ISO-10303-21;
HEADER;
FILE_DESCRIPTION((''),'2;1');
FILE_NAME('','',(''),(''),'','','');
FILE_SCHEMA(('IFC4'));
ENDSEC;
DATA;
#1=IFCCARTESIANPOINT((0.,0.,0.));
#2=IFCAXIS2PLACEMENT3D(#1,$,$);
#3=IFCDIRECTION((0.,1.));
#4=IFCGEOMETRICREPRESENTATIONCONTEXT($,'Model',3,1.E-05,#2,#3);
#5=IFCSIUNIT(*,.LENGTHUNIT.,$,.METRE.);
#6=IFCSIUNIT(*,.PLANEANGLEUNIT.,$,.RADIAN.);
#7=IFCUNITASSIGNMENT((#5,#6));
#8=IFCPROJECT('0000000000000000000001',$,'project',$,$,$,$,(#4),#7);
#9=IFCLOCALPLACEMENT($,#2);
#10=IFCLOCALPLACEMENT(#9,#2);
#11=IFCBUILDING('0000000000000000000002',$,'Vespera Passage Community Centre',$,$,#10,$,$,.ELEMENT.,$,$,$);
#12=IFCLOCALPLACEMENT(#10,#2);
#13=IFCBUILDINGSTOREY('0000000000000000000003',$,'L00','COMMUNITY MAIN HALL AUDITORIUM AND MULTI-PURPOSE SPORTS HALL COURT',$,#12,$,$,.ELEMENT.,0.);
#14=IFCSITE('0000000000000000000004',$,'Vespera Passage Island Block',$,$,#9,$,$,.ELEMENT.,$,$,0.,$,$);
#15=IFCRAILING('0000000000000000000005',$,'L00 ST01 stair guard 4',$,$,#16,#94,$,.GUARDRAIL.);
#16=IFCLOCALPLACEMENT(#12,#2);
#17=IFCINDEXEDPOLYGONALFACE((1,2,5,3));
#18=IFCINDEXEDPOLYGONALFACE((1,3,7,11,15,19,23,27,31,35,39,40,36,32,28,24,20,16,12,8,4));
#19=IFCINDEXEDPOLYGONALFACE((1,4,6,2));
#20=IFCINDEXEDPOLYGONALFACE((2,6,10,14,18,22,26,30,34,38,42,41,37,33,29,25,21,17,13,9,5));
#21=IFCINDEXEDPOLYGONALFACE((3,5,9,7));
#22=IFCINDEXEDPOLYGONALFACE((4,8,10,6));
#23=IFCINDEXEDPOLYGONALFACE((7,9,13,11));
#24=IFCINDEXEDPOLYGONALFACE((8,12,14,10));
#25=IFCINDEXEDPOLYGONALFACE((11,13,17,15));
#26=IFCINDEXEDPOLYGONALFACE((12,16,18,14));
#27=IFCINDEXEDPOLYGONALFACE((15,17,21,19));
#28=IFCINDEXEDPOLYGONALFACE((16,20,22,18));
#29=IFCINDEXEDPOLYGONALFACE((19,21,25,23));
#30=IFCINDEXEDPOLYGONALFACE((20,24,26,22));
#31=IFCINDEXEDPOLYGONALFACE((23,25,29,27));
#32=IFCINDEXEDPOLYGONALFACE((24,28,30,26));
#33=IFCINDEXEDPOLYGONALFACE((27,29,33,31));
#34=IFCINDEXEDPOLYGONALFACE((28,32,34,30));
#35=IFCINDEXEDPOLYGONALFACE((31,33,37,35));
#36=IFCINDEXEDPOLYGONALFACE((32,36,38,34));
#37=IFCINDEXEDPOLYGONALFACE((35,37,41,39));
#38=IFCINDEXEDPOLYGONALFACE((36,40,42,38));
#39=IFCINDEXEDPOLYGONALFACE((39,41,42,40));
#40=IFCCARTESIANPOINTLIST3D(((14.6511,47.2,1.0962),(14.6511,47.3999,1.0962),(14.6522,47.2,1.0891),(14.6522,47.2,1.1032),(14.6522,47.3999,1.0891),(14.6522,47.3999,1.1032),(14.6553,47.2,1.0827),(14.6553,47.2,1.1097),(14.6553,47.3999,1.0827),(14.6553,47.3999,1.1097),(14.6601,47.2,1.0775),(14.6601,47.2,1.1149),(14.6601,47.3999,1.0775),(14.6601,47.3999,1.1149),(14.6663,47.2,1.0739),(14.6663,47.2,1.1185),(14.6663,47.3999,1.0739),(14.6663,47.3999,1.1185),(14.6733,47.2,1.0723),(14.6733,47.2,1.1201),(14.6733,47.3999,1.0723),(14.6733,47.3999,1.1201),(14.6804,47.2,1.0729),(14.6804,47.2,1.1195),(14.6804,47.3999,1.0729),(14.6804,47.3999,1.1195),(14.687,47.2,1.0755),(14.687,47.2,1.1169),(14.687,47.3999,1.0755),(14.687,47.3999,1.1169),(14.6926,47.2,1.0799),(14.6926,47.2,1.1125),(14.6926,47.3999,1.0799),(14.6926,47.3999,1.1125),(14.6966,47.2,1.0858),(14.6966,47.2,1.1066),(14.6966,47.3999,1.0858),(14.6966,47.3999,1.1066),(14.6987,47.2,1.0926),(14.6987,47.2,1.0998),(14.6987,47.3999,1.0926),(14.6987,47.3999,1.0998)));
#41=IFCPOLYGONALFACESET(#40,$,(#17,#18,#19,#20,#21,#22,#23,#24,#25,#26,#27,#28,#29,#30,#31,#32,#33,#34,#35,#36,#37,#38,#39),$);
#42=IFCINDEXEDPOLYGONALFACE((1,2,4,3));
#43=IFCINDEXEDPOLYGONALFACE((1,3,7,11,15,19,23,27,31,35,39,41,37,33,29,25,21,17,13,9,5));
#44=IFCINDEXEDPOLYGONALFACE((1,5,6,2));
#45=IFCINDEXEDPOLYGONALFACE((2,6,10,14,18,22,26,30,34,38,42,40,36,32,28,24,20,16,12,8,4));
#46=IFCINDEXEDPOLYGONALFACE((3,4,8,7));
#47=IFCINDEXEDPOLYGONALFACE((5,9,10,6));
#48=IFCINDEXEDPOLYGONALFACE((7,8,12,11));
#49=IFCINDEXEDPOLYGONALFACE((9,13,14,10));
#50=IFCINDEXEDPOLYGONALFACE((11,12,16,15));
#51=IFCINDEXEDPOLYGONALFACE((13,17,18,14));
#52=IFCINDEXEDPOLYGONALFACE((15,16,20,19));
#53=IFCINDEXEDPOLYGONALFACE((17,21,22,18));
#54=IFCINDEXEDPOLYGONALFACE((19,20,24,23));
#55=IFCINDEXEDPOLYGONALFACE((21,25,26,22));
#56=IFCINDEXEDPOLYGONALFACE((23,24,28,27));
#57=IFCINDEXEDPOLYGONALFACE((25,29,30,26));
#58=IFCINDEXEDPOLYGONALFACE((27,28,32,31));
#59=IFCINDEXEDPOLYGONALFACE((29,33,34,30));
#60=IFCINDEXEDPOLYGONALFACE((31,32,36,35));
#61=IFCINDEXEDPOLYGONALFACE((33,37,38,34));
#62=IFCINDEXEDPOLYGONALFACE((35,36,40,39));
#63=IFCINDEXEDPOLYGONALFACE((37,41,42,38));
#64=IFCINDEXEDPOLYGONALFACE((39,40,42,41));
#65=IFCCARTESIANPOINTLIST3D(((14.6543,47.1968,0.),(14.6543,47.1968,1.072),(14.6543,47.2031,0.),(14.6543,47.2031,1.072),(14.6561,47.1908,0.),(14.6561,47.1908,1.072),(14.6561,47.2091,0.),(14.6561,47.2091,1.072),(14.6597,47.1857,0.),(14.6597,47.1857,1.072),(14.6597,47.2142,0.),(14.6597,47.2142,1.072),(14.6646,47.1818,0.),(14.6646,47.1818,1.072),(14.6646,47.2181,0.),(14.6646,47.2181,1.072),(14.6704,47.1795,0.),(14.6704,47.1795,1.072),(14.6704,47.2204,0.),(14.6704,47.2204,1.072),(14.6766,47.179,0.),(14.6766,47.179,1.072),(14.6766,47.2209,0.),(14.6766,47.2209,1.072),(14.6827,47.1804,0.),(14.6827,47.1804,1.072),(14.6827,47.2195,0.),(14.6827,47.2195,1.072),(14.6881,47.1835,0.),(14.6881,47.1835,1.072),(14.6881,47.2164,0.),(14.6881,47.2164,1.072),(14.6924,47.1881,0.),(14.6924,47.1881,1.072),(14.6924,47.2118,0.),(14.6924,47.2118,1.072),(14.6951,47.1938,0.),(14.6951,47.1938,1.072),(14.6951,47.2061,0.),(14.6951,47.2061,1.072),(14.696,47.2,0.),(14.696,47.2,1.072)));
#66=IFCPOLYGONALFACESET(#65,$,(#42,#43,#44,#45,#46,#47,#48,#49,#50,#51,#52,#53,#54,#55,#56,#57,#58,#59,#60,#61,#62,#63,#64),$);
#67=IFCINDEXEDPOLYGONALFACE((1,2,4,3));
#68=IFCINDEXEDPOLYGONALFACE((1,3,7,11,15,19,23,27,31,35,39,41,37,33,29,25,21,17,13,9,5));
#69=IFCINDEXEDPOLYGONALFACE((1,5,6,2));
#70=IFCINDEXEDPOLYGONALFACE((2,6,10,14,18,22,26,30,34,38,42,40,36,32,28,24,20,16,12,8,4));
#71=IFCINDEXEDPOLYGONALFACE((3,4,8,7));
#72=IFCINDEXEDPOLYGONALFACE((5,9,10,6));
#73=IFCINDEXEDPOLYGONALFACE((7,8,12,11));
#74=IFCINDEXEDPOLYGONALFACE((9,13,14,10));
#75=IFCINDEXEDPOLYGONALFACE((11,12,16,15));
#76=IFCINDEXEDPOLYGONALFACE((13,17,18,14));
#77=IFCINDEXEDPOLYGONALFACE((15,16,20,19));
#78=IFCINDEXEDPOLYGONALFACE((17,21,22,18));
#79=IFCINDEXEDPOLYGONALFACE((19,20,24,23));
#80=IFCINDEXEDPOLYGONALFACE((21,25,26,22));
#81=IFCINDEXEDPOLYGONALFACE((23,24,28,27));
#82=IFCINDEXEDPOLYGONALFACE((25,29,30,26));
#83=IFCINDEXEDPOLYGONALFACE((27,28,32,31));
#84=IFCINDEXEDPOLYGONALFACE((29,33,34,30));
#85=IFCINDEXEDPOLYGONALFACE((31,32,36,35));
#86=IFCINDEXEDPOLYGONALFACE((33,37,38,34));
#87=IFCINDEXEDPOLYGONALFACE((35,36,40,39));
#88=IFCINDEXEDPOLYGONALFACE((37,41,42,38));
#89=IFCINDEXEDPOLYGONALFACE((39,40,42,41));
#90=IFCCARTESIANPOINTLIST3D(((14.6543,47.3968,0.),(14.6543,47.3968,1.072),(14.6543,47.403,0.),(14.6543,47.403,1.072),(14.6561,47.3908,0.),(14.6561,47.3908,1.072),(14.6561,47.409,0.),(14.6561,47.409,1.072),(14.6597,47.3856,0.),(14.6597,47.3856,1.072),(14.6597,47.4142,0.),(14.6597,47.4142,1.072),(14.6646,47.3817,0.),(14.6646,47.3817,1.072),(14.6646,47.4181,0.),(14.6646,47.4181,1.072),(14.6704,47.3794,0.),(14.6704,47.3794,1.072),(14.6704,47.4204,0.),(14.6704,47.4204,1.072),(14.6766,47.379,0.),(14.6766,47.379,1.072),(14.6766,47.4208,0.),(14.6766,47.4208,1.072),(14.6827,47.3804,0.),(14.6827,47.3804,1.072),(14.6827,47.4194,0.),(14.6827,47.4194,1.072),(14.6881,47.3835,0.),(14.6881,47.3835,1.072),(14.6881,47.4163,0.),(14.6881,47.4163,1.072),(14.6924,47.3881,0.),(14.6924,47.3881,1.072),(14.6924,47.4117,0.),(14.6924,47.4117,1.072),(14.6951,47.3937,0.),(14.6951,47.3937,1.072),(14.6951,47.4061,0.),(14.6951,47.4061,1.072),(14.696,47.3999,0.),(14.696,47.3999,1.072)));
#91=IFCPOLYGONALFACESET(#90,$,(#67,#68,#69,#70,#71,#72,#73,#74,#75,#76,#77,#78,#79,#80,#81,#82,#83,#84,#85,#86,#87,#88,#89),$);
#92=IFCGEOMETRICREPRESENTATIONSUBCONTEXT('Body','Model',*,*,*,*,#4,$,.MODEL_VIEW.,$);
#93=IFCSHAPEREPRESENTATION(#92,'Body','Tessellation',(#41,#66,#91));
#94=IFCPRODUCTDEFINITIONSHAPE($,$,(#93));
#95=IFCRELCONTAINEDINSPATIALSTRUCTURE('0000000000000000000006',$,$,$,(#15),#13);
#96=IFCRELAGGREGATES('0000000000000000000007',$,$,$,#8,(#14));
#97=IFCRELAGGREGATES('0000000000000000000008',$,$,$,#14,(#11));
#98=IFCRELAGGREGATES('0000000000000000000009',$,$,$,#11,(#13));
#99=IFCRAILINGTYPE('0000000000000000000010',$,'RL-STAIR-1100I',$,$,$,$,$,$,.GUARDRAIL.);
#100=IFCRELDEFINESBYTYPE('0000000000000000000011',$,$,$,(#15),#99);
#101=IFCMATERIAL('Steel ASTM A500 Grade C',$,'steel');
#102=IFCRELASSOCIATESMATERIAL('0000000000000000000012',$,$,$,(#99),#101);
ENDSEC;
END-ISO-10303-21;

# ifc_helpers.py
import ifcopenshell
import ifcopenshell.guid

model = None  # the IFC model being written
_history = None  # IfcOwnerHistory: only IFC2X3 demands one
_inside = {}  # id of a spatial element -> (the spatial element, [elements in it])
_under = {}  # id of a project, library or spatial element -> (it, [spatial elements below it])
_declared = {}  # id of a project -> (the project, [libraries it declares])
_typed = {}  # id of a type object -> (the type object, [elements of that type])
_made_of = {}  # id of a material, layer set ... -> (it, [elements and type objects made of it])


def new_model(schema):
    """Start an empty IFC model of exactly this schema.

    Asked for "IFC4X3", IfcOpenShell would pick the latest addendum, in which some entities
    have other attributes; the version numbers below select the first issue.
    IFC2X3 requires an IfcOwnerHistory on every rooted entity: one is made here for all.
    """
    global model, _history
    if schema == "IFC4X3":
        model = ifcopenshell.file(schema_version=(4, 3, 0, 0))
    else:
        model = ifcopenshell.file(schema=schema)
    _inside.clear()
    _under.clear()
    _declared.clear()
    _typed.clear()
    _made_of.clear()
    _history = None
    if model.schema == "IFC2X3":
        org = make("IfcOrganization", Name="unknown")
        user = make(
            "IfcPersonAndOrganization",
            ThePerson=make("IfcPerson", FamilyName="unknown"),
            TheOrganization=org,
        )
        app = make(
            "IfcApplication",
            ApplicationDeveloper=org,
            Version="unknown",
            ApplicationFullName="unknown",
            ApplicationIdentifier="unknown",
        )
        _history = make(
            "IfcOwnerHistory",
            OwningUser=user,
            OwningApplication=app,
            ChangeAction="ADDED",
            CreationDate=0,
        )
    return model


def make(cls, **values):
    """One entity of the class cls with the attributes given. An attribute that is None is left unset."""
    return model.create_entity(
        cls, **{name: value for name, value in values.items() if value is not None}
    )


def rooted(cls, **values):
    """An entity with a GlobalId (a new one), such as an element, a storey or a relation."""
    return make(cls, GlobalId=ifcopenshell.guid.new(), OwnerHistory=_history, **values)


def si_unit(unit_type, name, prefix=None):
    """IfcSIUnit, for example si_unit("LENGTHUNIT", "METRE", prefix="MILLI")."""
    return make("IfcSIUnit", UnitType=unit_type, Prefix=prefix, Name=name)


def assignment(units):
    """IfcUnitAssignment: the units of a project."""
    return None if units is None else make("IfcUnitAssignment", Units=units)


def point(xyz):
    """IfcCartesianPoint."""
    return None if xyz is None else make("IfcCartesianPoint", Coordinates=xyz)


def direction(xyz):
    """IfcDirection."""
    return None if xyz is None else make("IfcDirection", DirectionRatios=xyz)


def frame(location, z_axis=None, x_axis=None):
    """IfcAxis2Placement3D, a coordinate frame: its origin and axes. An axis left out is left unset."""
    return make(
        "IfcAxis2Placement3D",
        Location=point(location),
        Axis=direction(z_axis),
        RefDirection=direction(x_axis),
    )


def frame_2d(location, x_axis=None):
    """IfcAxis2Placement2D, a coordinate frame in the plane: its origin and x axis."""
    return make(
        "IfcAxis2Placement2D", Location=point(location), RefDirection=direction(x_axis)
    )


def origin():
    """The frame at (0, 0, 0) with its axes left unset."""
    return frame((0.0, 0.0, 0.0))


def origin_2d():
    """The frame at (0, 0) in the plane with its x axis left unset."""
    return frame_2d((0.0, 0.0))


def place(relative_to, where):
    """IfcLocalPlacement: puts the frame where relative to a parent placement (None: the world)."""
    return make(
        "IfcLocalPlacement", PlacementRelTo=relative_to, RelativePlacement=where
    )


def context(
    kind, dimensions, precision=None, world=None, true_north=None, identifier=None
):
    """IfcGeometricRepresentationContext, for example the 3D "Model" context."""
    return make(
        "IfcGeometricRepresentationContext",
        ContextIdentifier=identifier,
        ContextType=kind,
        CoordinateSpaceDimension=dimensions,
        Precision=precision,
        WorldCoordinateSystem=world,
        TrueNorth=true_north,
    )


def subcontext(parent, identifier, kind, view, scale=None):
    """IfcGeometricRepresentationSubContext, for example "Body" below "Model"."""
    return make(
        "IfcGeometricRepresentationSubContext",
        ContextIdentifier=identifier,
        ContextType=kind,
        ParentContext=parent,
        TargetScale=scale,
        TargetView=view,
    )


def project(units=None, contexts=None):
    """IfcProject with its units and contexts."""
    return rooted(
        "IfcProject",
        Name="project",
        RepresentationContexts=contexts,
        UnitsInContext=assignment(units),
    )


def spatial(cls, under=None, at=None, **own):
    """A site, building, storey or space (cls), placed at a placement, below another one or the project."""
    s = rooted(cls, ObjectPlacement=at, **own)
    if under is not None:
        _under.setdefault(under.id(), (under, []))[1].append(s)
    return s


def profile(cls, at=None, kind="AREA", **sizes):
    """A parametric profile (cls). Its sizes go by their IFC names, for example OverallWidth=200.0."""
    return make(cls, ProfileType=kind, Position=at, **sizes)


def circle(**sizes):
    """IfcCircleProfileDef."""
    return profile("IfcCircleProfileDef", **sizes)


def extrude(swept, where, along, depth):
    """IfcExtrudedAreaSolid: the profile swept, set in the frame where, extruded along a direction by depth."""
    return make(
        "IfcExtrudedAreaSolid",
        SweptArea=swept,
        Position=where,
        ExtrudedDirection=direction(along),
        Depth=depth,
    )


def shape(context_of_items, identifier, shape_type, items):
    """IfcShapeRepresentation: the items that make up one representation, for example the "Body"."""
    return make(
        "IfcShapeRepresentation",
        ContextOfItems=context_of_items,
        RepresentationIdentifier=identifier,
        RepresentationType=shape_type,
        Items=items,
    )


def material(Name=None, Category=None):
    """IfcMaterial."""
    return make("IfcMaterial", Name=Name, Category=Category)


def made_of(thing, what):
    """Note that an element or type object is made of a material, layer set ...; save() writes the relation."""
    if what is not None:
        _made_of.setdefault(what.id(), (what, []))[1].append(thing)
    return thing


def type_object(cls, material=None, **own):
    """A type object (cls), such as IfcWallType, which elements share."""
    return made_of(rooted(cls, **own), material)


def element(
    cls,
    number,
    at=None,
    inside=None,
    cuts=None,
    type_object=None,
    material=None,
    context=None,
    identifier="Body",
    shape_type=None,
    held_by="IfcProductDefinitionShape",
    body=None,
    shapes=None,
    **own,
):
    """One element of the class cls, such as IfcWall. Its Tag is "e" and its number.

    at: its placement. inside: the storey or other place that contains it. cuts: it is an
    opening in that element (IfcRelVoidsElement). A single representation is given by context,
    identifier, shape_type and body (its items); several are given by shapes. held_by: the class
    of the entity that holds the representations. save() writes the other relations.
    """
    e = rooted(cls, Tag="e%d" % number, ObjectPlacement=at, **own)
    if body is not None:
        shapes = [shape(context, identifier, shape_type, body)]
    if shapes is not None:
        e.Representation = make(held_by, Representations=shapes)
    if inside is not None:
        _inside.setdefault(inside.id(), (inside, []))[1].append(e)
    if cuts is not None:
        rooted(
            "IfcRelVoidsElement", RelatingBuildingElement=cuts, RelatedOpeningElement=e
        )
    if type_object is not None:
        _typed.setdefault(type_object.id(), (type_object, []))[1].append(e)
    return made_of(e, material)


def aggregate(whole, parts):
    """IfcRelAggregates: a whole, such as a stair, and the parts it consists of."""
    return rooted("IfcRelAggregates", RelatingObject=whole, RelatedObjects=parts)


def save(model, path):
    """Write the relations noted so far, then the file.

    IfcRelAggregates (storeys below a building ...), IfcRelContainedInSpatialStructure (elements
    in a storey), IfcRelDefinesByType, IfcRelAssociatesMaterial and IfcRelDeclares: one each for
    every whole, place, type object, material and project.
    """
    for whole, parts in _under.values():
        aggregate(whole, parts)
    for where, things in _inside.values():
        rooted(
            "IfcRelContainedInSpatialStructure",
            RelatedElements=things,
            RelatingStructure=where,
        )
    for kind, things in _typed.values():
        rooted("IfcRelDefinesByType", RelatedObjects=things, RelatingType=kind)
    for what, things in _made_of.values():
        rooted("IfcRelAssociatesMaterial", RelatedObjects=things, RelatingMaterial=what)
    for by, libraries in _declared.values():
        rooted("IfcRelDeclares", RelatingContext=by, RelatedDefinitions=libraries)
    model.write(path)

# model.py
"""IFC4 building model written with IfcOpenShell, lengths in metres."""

from ifc_helpers import new_model, si_unit, direction, frame, origin, origin_2d, place, context, subcontext, project, spatial, circle, extrude, material, type_object, element, save


model = new_model("IFC4")

# Units and contexts
model_context = context("Model", 3, precision=1e-05, world=origin(), true_north=direction((0.0, 1.0)))
body_context = subcontext(model_context, "Body", "Model", "MODEL_VIEW")
ifc_project = project(units=[si_unit("LENGTHUNIT", "METRE"), si_unit("PLANEANGLEUNIT", "RADIAN")], contexts=[model_context])

# Site, building, storey
site_placement = place(None, origin())
site = spatial("IfcSite", under=ifc_project, at=site_placement, Name="Vespera Passage Island Block", CompositionType="ELEMENT", RefElevation=0.0)
building_placement = place(site_placement, origin())
building = spatial("IfcBuilding", under=site, at=building_placement, Name="Vespera Passage Community Centre", CompositionType="ELEMENT")
storey_placement = place(building_placement, origin())
storey = spatial("IfcBuildingStorey", under=building, at=storey_placement, Name="L00", Description="COMMUNITY MAIN HALL AUDITORIUM AND MULTI-PURPOSE SPORTS HALL COURT", CompositionType="ELEMENT", Elevation=0.0)

# Railing
ifc_material_1 = material(Name="Steel ASTM A500 Grade C", Category="steel")
railing_type_1 = type_object("IfcRailingType", Name="RL-STAIR-1100I", PredefinedType="GUARDRAIL", material=ifc_material_1)
railing_1_placement = place(storey_placement, frame((14.675, 47.2, 0.0)))
element("IfcRailing", 1, at=railing_1_placement, inside=storey, type_object=railing_type_1, Name="L00 ST01 stair guard 4", PredefinedType="GUARDRAIL", context=body_context, shape_type="SweptSolid", body=[
    extrude(circle(Radius=0.0239, at=origin_2d()), frame((0.0, 0.0, 1.0962), z_axis=(0.0, 1.0, 0.0), x_axis=(-1.0, 0.0, 0.0)), (0.0, 0.0, 1.0), 0.2),
    extrude(circle(Radius=0.021, at=origin_2d()), origin(), (0.0, 0.0, 1.0), 1.072),
    extrude(circle(Radius=0.021, at=origin_2d()), frame((0.0, 0.2, 0.0)), (0.0, 0.0, 1.0), 1.072),
])

save(model, "model.ifc")
